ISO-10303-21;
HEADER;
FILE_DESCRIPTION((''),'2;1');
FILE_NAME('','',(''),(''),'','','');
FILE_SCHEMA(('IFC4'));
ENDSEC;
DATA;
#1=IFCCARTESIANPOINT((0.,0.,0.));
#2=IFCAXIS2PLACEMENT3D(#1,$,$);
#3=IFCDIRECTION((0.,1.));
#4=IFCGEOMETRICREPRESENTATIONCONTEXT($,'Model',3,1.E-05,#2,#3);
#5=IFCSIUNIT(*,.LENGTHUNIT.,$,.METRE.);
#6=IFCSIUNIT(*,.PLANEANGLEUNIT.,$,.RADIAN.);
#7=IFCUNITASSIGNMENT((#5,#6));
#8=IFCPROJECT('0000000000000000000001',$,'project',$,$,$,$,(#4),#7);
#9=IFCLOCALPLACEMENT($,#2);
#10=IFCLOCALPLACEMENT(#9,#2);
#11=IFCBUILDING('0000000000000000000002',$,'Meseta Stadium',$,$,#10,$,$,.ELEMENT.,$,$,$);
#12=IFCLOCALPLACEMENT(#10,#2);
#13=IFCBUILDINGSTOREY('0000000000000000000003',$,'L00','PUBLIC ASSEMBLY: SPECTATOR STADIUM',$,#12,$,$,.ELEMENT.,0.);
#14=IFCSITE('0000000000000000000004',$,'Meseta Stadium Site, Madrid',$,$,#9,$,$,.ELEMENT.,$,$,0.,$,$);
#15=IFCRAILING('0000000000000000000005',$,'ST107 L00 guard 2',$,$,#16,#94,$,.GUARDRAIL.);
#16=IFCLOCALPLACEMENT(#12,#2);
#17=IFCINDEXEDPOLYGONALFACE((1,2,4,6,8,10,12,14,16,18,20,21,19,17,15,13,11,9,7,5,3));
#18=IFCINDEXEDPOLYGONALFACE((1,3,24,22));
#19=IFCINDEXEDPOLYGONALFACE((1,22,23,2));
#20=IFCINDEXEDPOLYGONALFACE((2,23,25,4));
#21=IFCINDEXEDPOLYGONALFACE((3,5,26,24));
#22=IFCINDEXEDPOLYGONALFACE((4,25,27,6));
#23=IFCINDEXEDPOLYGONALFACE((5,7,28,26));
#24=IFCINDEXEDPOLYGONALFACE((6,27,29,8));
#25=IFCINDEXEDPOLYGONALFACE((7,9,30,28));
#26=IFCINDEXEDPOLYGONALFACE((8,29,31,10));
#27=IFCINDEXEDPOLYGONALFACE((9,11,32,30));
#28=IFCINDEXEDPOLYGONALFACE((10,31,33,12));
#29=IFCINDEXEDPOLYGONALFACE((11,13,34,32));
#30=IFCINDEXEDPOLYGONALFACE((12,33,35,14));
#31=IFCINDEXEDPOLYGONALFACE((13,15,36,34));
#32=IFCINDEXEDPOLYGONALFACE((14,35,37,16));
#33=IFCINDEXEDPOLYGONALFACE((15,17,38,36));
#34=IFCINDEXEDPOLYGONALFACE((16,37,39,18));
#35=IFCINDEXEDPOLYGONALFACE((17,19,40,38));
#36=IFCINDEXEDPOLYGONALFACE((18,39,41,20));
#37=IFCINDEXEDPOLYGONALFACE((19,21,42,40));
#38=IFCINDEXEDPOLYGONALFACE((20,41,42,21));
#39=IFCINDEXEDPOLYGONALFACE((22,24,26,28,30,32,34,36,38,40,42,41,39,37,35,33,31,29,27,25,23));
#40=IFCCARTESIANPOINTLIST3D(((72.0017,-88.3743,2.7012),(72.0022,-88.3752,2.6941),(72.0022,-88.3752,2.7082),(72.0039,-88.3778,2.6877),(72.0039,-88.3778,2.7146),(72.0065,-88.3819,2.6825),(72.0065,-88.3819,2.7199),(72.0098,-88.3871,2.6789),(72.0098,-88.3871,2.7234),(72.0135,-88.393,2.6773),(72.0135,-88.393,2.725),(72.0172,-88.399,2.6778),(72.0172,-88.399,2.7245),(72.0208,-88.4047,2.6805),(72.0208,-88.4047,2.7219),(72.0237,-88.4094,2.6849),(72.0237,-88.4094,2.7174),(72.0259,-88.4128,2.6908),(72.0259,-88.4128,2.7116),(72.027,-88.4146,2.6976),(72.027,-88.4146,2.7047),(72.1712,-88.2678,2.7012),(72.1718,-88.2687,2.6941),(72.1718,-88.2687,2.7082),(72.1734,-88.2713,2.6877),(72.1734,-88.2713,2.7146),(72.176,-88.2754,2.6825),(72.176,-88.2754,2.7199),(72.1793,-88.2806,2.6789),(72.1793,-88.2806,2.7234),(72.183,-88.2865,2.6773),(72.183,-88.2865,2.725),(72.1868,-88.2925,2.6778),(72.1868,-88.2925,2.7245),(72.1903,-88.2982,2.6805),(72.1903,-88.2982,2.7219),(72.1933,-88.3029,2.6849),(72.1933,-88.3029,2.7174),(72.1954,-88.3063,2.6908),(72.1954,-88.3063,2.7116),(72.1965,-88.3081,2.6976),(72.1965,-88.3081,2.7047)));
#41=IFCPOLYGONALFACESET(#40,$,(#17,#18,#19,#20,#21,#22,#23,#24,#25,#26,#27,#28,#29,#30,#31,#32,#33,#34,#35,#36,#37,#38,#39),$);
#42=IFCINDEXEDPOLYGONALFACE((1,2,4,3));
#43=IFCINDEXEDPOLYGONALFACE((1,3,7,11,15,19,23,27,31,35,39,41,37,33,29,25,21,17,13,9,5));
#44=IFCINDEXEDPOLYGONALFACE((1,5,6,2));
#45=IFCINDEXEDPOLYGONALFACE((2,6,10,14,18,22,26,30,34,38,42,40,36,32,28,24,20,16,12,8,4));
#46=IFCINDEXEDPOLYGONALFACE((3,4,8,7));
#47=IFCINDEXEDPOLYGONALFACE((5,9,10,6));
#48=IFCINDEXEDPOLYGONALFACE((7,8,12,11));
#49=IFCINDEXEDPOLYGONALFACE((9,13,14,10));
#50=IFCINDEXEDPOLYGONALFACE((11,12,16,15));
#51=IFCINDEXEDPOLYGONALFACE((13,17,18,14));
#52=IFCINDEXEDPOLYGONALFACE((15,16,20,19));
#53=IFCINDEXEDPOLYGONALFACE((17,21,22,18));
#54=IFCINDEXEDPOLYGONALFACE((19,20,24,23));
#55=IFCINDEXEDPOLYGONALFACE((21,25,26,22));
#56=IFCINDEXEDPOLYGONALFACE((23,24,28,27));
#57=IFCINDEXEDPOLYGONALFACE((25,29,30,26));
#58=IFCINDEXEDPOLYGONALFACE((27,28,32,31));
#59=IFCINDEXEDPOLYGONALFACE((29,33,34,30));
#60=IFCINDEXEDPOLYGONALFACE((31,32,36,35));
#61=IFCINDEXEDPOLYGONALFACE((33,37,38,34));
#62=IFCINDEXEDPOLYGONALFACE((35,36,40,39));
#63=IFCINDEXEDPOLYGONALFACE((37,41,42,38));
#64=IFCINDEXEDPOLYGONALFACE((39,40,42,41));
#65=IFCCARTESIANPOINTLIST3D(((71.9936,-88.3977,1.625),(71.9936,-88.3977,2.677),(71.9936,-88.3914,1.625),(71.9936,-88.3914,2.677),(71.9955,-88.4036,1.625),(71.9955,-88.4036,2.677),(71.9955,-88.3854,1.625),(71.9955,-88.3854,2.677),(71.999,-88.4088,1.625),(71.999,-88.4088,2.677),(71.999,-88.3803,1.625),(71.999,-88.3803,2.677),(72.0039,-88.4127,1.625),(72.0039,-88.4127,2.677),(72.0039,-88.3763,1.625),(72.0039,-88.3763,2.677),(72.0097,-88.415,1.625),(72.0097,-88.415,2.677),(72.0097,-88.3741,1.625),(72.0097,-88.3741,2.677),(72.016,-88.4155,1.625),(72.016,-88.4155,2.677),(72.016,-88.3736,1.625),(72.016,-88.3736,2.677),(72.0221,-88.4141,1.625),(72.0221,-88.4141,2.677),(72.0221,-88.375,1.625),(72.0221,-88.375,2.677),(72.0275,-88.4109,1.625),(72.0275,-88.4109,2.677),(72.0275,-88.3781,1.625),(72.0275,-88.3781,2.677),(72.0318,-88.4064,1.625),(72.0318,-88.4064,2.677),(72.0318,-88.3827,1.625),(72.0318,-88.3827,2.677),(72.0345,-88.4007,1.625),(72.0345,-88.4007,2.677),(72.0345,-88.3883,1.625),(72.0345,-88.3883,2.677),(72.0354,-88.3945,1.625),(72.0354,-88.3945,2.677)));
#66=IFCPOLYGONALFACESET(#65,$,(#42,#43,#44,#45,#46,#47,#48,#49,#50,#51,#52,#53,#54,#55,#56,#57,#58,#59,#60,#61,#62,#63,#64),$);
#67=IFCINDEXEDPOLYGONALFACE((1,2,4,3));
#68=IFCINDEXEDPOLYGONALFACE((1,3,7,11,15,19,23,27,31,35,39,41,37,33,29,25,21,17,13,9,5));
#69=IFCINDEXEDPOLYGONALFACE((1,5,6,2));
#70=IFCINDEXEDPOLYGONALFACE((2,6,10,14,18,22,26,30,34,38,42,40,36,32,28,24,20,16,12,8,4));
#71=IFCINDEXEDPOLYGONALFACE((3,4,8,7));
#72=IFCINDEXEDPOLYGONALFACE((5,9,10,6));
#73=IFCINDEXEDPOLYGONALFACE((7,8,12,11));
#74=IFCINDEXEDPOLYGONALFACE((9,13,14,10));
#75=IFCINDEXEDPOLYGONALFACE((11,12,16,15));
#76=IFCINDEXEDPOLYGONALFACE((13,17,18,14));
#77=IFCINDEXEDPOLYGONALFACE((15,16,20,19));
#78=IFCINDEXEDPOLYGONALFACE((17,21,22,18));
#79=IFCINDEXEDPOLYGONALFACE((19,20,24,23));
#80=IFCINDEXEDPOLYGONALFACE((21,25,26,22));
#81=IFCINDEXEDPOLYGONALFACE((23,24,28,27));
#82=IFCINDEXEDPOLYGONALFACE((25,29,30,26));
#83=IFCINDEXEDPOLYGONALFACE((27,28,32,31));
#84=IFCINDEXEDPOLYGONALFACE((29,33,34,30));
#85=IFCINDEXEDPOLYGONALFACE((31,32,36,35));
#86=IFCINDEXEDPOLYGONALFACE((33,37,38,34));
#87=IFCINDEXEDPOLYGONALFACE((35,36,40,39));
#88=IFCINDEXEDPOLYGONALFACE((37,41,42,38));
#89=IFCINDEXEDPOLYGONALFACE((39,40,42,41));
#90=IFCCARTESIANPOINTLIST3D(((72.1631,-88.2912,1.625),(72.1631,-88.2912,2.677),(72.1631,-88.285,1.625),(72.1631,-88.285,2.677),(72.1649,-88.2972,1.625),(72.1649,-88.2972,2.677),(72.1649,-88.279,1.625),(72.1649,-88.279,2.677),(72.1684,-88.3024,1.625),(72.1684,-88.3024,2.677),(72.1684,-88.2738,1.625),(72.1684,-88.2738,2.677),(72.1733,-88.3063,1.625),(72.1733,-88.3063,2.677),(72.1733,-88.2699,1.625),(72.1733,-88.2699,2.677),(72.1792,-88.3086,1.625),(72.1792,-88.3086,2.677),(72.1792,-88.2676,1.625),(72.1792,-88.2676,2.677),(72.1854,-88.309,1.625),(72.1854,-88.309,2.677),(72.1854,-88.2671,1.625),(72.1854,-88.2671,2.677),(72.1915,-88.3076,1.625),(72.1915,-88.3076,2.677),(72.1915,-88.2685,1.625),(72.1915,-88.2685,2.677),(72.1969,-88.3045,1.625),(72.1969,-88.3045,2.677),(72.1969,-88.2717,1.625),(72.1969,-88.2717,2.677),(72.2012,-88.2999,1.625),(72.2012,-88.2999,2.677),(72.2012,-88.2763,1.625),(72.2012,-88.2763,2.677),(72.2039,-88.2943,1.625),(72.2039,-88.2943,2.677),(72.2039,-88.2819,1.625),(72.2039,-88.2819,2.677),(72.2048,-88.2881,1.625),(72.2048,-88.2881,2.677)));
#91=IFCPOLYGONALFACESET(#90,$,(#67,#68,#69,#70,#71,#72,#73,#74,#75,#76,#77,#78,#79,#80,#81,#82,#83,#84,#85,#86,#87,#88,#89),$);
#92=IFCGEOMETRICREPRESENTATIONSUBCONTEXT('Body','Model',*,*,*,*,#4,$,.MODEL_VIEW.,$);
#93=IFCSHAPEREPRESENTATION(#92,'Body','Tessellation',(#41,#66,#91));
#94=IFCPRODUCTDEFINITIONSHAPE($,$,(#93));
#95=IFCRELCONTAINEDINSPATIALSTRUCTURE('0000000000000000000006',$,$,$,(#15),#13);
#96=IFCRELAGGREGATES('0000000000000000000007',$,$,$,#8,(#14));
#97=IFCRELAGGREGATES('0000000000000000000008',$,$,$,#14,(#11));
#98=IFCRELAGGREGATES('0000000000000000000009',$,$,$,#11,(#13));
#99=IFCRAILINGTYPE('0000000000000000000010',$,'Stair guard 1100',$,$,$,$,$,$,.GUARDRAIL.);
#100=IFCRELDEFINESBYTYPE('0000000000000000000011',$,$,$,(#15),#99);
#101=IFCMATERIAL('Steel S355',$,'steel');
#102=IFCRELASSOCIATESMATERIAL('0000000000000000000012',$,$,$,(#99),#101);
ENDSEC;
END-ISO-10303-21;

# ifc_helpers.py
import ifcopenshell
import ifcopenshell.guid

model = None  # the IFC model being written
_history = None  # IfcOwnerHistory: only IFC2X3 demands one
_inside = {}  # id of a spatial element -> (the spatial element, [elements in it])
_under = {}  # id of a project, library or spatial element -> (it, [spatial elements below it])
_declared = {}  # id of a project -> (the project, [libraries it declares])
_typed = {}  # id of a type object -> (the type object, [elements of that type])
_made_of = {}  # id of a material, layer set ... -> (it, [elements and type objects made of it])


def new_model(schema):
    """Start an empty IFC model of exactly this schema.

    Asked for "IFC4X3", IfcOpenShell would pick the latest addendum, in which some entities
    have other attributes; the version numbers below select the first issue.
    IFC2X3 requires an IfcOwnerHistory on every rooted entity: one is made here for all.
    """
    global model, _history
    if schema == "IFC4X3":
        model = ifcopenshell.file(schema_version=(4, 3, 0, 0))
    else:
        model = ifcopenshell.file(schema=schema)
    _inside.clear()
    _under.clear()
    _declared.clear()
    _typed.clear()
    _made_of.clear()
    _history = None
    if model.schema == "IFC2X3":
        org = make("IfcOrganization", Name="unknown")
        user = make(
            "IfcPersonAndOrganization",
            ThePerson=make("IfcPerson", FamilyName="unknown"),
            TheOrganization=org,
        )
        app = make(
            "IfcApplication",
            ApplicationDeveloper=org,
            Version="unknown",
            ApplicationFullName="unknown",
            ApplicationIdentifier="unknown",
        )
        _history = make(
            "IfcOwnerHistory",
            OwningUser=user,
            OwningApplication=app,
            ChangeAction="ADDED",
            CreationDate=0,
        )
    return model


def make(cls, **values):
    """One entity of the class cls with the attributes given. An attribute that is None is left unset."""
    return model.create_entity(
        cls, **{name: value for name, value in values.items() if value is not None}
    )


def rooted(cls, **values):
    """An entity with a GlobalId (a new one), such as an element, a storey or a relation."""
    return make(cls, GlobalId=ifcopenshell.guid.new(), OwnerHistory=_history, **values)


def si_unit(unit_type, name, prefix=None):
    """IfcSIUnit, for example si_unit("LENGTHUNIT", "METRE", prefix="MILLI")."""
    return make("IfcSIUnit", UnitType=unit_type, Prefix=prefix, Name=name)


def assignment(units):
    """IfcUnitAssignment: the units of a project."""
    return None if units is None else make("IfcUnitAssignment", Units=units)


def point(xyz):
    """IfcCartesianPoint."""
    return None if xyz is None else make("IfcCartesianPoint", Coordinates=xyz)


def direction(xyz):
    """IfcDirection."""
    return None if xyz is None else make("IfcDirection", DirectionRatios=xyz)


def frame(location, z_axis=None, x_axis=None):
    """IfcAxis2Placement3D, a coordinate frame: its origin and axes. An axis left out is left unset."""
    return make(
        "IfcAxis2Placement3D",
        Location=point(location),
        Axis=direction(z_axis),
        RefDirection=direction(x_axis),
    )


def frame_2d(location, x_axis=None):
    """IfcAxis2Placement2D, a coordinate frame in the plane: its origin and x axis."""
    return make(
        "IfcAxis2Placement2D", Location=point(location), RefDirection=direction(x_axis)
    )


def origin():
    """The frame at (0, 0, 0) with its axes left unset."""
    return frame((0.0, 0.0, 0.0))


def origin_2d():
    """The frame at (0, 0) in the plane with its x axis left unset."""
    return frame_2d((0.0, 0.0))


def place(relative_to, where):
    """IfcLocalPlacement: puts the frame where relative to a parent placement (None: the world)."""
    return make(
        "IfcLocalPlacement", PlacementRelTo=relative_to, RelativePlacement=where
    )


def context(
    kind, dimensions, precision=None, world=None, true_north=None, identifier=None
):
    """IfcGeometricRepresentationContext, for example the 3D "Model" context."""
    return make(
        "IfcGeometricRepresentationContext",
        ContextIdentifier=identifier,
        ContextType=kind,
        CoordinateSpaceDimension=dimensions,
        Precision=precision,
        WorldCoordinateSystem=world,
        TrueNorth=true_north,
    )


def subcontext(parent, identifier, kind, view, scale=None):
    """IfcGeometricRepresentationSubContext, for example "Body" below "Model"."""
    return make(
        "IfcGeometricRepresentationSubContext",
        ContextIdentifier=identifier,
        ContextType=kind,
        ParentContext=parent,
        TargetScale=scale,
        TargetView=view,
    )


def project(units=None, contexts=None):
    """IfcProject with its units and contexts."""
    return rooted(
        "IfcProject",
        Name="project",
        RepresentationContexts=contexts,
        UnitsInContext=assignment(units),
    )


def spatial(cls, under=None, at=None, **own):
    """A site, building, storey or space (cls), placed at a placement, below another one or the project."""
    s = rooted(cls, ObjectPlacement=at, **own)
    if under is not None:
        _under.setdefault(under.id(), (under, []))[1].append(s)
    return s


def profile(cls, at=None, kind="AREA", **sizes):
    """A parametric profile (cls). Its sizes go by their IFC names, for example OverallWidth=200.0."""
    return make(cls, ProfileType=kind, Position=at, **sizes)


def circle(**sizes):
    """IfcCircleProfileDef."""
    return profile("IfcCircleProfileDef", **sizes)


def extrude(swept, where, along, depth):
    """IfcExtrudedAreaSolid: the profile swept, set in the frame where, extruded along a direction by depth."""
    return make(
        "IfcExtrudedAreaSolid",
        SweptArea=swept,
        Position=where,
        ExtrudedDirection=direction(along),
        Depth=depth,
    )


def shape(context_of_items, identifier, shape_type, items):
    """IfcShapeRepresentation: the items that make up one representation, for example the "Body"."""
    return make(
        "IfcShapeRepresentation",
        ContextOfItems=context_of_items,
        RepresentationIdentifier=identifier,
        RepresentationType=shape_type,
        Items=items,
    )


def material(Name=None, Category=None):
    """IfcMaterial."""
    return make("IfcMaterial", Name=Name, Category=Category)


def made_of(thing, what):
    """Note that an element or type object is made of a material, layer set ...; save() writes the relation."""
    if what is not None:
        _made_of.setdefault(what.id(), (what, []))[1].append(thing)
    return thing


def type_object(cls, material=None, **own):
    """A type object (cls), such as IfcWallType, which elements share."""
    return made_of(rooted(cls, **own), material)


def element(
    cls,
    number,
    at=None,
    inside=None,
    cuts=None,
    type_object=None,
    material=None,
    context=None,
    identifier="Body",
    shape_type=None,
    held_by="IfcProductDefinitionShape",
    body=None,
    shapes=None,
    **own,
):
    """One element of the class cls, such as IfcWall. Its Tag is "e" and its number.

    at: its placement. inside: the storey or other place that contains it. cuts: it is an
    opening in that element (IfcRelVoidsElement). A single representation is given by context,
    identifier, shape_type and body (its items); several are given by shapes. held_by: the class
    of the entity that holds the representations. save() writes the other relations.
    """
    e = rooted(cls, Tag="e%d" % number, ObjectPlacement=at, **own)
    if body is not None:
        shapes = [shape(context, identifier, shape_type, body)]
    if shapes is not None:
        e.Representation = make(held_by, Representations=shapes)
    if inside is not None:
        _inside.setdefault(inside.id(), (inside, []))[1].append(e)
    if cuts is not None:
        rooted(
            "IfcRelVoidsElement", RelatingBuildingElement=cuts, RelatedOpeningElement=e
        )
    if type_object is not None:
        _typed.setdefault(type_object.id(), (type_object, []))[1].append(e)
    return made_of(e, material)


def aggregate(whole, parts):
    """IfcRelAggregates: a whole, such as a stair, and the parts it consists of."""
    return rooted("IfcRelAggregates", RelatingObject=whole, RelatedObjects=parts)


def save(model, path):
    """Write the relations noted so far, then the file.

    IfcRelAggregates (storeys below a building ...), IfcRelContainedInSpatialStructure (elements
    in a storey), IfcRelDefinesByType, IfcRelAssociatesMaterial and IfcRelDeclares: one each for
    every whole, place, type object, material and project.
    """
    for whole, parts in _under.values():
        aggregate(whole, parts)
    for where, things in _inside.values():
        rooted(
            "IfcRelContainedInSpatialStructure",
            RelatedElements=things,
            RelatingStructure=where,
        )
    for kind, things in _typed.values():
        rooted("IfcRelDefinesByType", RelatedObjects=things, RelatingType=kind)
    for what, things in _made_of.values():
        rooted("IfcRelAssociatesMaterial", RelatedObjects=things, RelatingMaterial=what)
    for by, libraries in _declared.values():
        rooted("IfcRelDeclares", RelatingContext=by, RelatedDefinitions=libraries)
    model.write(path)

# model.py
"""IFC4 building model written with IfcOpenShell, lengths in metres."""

from ifc_helpers import new_model, si_unit, direction, frame, origin, origin_2d, place, context, subcontext, project, spatial, circle, extrude, material, type_object, element, save


model = new_model("IFC4")

# Units and contexts
model_context = context("Model", 3, precision=1e-05, world=origin(), true_north=direction((0.0, 1.0)))
body_context = subcontext(model_context, "Body", "Model", "MODEL_VIEW")
ifc_project = project(units=[si_unit("LENGTHUNIT", "METRE"), si_unit("PLANEANGLEUNIT", "RADIAN")], contexts=[model_context])

# Site, building, storey
site_placement = place(None, origin())
site = spatial("IfcSite", under=ifc_project, at=site_placement, Name="Meseta Stadium Site, Madrid", CompositionType="ELEMENT", RefElevation=0.0)
building_placement = place(site_placement, origin())
building = spatial("IfcBuilding", under=site, at=building_placement, Name="Meseta Stadium", CompositionType="ELEMENT")
storey_placement = place(building_placement, origin())
storey = spatial("IfcBuildingStorey", under=building, at=storey_placement, Name="L00", Description="PUBLIC ASSEMBLY: SPECTATOR STADIUM", CompositionType="ELEMENT", Elevation=0.0)

# Railing
ifc_material_1 = material(Name="Steel S355", Category="steel")
railing_type_1 = type_object("IfcRailingType", Name="Stair guard 1100", PredefinedType="GUARDRAIL", material=ifc_material_1)
railing_1_placement = place(storey_placement, frame((72.0144, -88.3945, 1.625)))
element("IfcRailing", 1, at=railing_1_placement, inside=storey, type_object=railing_type_1, Name="ST107 L00 guard 2", PredefinedType="GUARDRAIL", context=body_context, shape_type="SweptSolid", body=[
    extrude(circle(Radius=0.0239, at=origin_2d()), frame((0.0, 0.0, 1.0762), z_axis=(0.846762, 0.531972, 0.0), x_axis=(-0.531972, 0.846762, 0.0)), (0.0, 0.0, 1.0), 0.2002),
    extrude(circle(Radius=0.021, at=origin_2d()), origin(), (0.0, 0.0, 1.0), 1.052),
    extrude(circle(Radius=0.021, at=origin_2d()), frame((0.1694, 0.1064, 0.0)), (0.0, 0.0, 1.0), 1.052),
])

save(model, "model.ifc")
